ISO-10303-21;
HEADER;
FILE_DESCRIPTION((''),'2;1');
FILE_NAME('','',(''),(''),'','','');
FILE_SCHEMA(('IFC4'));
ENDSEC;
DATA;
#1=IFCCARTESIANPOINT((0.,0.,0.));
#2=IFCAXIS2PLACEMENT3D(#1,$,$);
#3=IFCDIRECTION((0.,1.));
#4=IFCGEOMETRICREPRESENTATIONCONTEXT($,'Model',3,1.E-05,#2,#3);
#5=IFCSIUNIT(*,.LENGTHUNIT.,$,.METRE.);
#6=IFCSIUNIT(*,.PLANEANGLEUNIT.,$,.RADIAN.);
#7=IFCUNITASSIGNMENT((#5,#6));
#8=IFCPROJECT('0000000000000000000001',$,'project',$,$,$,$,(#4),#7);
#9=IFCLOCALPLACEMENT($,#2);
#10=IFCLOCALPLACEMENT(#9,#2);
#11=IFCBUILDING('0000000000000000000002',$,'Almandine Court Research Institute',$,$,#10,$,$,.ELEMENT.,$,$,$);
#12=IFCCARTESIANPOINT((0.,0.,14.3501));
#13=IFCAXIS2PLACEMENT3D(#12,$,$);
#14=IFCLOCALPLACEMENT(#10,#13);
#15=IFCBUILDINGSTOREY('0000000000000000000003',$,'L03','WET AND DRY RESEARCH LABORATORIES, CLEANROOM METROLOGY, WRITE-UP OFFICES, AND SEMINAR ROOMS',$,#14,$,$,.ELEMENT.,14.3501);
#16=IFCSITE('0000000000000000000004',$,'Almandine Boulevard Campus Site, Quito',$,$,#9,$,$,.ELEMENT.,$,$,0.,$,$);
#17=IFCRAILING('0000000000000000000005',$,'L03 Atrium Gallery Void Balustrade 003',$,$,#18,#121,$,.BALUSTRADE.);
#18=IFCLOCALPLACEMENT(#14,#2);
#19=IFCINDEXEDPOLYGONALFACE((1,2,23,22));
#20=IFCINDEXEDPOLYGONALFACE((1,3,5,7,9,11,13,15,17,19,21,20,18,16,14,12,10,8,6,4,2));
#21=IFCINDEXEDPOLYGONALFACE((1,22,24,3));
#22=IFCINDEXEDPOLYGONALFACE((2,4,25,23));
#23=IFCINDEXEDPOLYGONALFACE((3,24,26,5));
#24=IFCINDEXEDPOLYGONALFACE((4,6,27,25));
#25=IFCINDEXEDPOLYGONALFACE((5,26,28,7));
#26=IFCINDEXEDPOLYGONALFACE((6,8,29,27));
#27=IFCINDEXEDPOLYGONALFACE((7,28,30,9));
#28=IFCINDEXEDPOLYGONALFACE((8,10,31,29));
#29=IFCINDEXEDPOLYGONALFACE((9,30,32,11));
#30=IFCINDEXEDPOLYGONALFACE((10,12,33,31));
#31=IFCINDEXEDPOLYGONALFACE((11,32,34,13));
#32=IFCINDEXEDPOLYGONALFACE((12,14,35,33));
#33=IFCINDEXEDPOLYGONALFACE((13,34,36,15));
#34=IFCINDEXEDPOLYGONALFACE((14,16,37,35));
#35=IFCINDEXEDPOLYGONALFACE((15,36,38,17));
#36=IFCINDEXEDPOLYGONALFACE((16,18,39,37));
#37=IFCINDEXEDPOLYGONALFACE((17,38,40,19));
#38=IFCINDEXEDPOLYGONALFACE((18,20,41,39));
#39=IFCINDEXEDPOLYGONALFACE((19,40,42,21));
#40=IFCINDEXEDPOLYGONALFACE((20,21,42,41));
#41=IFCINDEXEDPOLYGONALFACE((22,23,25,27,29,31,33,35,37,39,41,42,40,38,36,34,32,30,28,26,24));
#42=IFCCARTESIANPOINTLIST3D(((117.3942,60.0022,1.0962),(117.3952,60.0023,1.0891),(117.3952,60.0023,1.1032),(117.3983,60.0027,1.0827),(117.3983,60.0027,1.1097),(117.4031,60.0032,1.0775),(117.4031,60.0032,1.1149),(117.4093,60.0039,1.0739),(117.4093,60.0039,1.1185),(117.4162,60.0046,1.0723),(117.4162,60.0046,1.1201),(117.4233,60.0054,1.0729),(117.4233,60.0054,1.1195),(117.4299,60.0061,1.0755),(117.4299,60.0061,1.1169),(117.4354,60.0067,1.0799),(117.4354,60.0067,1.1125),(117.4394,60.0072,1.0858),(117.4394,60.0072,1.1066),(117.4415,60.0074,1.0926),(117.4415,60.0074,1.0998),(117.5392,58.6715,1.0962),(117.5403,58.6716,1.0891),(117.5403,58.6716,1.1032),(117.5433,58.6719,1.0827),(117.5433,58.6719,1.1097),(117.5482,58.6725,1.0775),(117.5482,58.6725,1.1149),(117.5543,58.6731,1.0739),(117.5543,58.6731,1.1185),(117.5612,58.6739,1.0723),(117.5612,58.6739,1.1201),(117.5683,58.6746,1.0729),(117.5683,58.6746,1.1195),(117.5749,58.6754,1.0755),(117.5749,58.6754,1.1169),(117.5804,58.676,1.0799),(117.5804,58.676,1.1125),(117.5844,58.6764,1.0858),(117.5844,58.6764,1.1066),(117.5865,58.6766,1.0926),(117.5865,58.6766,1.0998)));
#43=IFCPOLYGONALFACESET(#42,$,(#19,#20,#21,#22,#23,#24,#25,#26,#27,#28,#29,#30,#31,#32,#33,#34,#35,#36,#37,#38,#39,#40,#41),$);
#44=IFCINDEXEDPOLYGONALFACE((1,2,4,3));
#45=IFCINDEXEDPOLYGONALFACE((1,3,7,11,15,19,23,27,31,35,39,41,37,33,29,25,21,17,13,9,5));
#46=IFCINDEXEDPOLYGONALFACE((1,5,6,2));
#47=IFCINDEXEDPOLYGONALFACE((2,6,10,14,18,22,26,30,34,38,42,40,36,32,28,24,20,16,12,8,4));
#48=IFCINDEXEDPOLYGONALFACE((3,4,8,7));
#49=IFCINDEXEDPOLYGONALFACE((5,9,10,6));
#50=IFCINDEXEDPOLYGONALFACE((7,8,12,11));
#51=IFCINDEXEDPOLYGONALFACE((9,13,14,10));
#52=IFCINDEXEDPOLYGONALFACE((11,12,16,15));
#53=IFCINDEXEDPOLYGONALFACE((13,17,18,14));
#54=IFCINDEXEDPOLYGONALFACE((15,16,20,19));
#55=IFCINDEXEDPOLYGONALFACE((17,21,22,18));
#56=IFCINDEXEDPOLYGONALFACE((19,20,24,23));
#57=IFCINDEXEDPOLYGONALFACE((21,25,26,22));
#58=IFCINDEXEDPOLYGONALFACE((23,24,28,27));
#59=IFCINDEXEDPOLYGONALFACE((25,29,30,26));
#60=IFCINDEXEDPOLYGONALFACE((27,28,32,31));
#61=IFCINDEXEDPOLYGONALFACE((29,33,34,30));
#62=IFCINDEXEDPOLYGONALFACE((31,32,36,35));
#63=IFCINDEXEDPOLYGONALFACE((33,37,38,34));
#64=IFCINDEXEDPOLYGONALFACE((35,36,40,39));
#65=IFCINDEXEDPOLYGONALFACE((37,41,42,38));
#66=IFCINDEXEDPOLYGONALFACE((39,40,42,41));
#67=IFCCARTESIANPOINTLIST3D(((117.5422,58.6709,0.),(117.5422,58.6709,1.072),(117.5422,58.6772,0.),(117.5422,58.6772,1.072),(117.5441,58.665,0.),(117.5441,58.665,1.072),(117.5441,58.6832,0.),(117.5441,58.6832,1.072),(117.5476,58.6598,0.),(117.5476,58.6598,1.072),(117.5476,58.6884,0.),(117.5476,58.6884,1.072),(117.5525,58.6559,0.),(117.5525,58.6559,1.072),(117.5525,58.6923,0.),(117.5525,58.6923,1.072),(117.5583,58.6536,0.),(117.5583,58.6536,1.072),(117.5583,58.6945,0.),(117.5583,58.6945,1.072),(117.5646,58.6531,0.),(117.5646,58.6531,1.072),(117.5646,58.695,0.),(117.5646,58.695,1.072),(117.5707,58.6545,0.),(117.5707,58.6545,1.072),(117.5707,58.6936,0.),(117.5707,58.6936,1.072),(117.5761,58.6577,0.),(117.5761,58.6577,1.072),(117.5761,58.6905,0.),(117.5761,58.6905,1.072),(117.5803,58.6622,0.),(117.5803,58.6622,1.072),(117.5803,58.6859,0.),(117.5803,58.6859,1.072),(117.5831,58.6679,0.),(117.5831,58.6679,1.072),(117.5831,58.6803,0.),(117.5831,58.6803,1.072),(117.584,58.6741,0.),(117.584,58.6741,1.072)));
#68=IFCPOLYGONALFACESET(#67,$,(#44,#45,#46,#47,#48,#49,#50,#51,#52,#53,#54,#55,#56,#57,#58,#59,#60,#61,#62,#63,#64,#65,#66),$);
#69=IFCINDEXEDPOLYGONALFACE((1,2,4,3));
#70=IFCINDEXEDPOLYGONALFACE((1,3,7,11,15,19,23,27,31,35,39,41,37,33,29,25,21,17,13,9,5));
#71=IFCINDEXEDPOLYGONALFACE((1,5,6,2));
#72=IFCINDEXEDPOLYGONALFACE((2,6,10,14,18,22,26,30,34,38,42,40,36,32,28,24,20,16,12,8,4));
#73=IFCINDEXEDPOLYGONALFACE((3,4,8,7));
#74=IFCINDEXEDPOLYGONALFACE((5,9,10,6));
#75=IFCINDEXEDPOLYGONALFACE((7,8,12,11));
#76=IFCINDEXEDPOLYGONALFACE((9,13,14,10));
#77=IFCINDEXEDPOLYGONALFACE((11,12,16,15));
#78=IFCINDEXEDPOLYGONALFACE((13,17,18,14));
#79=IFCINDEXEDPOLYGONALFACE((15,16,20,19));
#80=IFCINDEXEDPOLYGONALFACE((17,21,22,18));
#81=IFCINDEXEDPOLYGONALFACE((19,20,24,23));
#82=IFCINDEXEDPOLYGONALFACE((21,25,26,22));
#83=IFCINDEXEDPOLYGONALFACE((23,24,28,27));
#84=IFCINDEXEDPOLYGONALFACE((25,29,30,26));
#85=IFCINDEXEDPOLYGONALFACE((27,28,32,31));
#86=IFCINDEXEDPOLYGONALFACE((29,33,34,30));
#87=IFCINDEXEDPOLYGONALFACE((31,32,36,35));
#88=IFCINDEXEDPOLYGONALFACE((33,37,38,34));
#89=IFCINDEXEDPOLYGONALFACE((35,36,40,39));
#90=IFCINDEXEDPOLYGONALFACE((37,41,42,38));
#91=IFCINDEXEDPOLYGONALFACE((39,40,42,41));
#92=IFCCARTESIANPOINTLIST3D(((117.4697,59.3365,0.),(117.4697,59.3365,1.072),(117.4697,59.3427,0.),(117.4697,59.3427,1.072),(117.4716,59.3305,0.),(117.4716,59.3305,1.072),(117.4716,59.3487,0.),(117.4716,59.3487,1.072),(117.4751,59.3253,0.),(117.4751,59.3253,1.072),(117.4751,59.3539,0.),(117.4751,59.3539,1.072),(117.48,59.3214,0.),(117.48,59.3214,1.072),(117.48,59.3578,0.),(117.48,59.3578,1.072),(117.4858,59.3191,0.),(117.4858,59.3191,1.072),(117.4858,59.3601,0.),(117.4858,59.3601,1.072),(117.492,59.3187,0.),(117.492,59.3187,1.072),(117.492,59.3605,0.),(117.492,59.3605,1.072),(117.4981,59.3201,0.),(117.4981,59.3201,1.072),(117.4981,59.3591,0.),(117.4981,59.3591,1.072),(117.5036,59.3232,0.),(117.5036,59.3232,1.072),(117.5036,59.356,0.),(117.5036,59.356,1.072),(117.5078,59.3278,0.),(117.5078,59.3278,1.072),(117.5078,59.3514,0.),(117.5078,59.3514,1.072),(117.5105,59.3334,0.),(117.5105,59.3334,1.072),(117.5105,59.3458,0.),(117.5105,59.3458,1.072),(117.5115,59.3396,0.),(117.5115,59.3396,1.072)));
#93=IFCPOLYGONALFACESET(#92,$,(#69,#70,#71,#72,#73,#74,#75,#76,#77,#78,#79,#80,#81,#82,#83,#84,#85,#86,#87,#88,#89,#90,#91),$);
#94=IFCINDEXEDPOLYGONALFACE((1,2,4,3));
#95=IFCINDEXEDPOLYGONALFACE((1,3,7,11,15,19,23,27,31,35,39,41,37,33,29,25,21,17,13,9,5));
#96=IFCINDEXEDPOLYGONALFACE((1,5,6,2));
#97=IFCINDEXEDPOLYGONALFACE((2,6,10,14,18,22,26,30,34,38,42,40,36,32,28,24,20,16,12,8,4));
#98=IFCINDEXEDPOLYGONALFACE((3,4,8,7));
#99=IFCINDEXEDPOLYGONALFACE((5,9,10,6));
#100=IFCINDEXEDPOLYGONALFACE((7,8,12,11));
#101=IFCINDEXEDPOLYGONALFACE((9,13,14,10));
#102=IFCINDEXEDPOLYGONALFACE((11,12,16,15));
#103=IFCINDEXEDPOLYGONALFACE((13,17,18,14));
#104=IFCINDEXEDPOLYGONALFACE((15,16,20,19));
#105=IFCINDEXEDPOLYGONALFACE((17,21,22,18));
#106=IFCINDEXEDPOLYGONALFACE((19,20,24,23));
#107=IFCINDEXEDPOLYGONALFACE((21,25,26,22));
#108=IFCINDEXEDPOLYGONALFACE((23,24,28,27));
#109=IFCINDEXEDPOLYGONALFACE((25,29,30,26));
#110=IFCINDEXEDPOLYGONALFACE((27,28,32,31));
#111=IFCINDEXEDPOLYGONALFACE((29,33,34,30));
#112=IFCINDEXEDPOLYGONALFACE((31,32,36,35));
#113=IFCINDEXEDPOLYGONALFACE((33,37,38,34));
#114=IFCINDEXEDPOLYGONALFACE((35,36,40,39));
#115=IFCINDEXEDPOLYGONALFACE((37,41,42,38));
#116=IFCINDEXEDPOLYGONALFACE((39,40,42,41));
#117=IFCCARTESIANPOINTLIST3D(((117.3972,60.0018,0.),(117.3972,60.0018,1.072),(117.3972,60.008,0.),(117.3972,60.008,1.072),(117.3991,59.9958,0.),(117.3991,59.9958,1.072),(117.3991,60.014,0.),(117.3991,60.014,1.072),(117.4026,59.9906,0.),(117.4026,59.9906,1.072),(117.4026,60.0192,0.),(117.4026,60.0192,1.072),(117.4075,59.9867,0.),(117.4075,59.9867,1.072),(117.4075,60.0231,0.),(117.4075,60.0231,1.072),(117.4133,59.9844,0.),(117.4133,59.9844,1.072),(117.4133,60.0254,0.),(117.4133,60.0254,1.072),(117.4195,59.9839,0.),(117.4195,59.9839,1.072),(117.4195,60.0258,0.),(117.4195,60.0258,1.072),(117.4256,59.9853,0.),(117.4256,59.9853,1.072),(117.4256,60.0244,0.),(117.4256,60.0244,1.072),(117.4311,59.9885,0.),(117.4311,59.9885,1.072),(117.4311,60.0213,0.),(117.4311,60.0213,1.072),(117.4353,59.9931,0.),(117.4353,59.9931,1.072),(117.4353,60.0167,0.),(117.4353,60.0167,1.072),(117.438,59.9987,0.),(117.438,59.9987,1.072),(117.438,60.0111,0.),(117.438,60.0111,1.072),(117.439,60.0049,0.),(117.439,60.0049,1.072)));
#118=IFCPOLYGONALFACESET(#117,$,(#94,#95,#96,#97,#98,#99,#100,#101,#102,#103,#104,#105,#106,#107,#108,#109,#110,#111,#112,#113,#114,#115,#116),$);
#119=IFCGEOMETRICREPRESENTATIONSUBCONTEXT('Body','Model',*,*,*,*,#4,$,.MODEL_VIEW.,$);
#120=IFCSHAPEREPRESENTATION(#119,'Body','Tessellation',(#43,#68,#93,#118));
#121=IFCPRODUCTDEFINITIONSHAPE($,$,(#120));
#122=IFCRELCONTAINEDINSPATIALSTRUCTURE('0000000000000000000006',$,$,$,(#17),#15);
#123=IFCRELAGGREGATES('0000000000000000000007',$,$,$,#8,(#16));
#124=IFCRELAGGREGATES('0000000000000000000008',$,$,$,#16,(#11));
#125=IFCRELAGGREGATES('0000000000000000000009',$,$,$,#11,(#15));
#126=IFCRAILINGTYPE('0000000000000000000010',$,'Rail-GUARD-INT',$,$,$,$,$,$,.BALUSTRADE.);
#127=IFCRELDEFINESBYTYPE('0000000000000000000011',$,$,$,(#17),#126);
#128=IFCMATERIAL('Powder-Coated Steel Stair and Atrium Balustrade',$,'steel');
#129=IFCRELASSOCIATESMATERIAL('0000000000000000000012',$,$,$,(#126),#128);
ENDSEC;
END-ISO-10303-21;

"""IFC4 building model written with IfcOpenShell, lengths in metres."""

from ifc_helpers import new_model, si_unit, direction, frame, origin, origin_2d, place, context, subcontext, project, spatial, circle, extrude, material, type_object, element, save


model = new_model("IFC4")

# Units and contexts
model_context = context("Model", 3, precision=1e-05, world=origin(), true_north=direction((0.0, 1.0)))
body_context = subcontext(model_context, "Body", "Model", "MODEL_VIEW")
ifc_project = project(units=[si_unit("LENGTHUNIT", "METRE"), si_unit("PLANEANGLEUNIT", "RADIAN")], contexts=[model_context])

# Site, building, storey
site_placement = place(None, origin())
site = spatial("IfcSite", under=ifc_project, at=site_placement, Name="Almandine Boulevard Campus Site, Quito", CompositionType="ELEMENT", RefElevation=0.0)
building_placement = place(site_placement, origin())
building = spatial("IfcBuilding", under=site, at=building_placement, Name="Almandine Court Research Institute", CompositionType="ELEMENT")
storey_placement = place(building_placement, frame((0.0, 0.0, 14.3501)))
storey = spatial("IfcBuildingStorey", under=building, at=storey_placement, Name="L03", Description="WET AND DRY RESEARCH LABORATORIES, CLEANROOM METROLOGY, WRITE-UP OFFICES, AND SEMINAR ROOMS", CompositionType="ELEMENT", Elevation=14.3501)

# Railing
ifc_material_1 = material(Name="Powder-Coated Steel Stair and Atrium Balustrade", Category="steel")
railing_type_1 = type_object("IfcRailingType", Name="Rail-GUARD-INT", PredefinedType="BALUSTRADE", material=ifc_material_1)
railing_1_placement = place(storey_placement, frame((117.563, 58.6741, 0.0)))
element("IfcRailing", 1, at=railing_1_placement, inside=storey, type_object=railing_type_1, Name="L03 Atrium Gallery Void Balustrade 003", PredefinedType="BALUSTRADE", context=body_context, shape_type="SweptSolid", body=[
    extrude(circle(Radius=0.0239, at=origin_2d()), frame((0.0, 0.0, 1.0962), z_axis=(-0.10833, 0.994115, 0.0), x_axis=(-0.994115, -0.10833, 0.0)), (0.0, 0.0, 1.0), 1.3386),
    extrude(circle(Radius=0.021, at=origin_2d()), origin(), (0.0, 0.0, 1.0), 1.072),
    extrude(circle(Radius=0.021, at=origin_2d()), frame((-0.0725, 0.6655, 0.0)), (0.0, 0.0, 1.0), 1.072),
    extrude(circle(Radius=0.021, at=origin_2d()), frame((-0.145, 1.3308, 0.0)), (0.0, 0.0, 1.0), 1.072),
])

save(model, "model.ifc")
